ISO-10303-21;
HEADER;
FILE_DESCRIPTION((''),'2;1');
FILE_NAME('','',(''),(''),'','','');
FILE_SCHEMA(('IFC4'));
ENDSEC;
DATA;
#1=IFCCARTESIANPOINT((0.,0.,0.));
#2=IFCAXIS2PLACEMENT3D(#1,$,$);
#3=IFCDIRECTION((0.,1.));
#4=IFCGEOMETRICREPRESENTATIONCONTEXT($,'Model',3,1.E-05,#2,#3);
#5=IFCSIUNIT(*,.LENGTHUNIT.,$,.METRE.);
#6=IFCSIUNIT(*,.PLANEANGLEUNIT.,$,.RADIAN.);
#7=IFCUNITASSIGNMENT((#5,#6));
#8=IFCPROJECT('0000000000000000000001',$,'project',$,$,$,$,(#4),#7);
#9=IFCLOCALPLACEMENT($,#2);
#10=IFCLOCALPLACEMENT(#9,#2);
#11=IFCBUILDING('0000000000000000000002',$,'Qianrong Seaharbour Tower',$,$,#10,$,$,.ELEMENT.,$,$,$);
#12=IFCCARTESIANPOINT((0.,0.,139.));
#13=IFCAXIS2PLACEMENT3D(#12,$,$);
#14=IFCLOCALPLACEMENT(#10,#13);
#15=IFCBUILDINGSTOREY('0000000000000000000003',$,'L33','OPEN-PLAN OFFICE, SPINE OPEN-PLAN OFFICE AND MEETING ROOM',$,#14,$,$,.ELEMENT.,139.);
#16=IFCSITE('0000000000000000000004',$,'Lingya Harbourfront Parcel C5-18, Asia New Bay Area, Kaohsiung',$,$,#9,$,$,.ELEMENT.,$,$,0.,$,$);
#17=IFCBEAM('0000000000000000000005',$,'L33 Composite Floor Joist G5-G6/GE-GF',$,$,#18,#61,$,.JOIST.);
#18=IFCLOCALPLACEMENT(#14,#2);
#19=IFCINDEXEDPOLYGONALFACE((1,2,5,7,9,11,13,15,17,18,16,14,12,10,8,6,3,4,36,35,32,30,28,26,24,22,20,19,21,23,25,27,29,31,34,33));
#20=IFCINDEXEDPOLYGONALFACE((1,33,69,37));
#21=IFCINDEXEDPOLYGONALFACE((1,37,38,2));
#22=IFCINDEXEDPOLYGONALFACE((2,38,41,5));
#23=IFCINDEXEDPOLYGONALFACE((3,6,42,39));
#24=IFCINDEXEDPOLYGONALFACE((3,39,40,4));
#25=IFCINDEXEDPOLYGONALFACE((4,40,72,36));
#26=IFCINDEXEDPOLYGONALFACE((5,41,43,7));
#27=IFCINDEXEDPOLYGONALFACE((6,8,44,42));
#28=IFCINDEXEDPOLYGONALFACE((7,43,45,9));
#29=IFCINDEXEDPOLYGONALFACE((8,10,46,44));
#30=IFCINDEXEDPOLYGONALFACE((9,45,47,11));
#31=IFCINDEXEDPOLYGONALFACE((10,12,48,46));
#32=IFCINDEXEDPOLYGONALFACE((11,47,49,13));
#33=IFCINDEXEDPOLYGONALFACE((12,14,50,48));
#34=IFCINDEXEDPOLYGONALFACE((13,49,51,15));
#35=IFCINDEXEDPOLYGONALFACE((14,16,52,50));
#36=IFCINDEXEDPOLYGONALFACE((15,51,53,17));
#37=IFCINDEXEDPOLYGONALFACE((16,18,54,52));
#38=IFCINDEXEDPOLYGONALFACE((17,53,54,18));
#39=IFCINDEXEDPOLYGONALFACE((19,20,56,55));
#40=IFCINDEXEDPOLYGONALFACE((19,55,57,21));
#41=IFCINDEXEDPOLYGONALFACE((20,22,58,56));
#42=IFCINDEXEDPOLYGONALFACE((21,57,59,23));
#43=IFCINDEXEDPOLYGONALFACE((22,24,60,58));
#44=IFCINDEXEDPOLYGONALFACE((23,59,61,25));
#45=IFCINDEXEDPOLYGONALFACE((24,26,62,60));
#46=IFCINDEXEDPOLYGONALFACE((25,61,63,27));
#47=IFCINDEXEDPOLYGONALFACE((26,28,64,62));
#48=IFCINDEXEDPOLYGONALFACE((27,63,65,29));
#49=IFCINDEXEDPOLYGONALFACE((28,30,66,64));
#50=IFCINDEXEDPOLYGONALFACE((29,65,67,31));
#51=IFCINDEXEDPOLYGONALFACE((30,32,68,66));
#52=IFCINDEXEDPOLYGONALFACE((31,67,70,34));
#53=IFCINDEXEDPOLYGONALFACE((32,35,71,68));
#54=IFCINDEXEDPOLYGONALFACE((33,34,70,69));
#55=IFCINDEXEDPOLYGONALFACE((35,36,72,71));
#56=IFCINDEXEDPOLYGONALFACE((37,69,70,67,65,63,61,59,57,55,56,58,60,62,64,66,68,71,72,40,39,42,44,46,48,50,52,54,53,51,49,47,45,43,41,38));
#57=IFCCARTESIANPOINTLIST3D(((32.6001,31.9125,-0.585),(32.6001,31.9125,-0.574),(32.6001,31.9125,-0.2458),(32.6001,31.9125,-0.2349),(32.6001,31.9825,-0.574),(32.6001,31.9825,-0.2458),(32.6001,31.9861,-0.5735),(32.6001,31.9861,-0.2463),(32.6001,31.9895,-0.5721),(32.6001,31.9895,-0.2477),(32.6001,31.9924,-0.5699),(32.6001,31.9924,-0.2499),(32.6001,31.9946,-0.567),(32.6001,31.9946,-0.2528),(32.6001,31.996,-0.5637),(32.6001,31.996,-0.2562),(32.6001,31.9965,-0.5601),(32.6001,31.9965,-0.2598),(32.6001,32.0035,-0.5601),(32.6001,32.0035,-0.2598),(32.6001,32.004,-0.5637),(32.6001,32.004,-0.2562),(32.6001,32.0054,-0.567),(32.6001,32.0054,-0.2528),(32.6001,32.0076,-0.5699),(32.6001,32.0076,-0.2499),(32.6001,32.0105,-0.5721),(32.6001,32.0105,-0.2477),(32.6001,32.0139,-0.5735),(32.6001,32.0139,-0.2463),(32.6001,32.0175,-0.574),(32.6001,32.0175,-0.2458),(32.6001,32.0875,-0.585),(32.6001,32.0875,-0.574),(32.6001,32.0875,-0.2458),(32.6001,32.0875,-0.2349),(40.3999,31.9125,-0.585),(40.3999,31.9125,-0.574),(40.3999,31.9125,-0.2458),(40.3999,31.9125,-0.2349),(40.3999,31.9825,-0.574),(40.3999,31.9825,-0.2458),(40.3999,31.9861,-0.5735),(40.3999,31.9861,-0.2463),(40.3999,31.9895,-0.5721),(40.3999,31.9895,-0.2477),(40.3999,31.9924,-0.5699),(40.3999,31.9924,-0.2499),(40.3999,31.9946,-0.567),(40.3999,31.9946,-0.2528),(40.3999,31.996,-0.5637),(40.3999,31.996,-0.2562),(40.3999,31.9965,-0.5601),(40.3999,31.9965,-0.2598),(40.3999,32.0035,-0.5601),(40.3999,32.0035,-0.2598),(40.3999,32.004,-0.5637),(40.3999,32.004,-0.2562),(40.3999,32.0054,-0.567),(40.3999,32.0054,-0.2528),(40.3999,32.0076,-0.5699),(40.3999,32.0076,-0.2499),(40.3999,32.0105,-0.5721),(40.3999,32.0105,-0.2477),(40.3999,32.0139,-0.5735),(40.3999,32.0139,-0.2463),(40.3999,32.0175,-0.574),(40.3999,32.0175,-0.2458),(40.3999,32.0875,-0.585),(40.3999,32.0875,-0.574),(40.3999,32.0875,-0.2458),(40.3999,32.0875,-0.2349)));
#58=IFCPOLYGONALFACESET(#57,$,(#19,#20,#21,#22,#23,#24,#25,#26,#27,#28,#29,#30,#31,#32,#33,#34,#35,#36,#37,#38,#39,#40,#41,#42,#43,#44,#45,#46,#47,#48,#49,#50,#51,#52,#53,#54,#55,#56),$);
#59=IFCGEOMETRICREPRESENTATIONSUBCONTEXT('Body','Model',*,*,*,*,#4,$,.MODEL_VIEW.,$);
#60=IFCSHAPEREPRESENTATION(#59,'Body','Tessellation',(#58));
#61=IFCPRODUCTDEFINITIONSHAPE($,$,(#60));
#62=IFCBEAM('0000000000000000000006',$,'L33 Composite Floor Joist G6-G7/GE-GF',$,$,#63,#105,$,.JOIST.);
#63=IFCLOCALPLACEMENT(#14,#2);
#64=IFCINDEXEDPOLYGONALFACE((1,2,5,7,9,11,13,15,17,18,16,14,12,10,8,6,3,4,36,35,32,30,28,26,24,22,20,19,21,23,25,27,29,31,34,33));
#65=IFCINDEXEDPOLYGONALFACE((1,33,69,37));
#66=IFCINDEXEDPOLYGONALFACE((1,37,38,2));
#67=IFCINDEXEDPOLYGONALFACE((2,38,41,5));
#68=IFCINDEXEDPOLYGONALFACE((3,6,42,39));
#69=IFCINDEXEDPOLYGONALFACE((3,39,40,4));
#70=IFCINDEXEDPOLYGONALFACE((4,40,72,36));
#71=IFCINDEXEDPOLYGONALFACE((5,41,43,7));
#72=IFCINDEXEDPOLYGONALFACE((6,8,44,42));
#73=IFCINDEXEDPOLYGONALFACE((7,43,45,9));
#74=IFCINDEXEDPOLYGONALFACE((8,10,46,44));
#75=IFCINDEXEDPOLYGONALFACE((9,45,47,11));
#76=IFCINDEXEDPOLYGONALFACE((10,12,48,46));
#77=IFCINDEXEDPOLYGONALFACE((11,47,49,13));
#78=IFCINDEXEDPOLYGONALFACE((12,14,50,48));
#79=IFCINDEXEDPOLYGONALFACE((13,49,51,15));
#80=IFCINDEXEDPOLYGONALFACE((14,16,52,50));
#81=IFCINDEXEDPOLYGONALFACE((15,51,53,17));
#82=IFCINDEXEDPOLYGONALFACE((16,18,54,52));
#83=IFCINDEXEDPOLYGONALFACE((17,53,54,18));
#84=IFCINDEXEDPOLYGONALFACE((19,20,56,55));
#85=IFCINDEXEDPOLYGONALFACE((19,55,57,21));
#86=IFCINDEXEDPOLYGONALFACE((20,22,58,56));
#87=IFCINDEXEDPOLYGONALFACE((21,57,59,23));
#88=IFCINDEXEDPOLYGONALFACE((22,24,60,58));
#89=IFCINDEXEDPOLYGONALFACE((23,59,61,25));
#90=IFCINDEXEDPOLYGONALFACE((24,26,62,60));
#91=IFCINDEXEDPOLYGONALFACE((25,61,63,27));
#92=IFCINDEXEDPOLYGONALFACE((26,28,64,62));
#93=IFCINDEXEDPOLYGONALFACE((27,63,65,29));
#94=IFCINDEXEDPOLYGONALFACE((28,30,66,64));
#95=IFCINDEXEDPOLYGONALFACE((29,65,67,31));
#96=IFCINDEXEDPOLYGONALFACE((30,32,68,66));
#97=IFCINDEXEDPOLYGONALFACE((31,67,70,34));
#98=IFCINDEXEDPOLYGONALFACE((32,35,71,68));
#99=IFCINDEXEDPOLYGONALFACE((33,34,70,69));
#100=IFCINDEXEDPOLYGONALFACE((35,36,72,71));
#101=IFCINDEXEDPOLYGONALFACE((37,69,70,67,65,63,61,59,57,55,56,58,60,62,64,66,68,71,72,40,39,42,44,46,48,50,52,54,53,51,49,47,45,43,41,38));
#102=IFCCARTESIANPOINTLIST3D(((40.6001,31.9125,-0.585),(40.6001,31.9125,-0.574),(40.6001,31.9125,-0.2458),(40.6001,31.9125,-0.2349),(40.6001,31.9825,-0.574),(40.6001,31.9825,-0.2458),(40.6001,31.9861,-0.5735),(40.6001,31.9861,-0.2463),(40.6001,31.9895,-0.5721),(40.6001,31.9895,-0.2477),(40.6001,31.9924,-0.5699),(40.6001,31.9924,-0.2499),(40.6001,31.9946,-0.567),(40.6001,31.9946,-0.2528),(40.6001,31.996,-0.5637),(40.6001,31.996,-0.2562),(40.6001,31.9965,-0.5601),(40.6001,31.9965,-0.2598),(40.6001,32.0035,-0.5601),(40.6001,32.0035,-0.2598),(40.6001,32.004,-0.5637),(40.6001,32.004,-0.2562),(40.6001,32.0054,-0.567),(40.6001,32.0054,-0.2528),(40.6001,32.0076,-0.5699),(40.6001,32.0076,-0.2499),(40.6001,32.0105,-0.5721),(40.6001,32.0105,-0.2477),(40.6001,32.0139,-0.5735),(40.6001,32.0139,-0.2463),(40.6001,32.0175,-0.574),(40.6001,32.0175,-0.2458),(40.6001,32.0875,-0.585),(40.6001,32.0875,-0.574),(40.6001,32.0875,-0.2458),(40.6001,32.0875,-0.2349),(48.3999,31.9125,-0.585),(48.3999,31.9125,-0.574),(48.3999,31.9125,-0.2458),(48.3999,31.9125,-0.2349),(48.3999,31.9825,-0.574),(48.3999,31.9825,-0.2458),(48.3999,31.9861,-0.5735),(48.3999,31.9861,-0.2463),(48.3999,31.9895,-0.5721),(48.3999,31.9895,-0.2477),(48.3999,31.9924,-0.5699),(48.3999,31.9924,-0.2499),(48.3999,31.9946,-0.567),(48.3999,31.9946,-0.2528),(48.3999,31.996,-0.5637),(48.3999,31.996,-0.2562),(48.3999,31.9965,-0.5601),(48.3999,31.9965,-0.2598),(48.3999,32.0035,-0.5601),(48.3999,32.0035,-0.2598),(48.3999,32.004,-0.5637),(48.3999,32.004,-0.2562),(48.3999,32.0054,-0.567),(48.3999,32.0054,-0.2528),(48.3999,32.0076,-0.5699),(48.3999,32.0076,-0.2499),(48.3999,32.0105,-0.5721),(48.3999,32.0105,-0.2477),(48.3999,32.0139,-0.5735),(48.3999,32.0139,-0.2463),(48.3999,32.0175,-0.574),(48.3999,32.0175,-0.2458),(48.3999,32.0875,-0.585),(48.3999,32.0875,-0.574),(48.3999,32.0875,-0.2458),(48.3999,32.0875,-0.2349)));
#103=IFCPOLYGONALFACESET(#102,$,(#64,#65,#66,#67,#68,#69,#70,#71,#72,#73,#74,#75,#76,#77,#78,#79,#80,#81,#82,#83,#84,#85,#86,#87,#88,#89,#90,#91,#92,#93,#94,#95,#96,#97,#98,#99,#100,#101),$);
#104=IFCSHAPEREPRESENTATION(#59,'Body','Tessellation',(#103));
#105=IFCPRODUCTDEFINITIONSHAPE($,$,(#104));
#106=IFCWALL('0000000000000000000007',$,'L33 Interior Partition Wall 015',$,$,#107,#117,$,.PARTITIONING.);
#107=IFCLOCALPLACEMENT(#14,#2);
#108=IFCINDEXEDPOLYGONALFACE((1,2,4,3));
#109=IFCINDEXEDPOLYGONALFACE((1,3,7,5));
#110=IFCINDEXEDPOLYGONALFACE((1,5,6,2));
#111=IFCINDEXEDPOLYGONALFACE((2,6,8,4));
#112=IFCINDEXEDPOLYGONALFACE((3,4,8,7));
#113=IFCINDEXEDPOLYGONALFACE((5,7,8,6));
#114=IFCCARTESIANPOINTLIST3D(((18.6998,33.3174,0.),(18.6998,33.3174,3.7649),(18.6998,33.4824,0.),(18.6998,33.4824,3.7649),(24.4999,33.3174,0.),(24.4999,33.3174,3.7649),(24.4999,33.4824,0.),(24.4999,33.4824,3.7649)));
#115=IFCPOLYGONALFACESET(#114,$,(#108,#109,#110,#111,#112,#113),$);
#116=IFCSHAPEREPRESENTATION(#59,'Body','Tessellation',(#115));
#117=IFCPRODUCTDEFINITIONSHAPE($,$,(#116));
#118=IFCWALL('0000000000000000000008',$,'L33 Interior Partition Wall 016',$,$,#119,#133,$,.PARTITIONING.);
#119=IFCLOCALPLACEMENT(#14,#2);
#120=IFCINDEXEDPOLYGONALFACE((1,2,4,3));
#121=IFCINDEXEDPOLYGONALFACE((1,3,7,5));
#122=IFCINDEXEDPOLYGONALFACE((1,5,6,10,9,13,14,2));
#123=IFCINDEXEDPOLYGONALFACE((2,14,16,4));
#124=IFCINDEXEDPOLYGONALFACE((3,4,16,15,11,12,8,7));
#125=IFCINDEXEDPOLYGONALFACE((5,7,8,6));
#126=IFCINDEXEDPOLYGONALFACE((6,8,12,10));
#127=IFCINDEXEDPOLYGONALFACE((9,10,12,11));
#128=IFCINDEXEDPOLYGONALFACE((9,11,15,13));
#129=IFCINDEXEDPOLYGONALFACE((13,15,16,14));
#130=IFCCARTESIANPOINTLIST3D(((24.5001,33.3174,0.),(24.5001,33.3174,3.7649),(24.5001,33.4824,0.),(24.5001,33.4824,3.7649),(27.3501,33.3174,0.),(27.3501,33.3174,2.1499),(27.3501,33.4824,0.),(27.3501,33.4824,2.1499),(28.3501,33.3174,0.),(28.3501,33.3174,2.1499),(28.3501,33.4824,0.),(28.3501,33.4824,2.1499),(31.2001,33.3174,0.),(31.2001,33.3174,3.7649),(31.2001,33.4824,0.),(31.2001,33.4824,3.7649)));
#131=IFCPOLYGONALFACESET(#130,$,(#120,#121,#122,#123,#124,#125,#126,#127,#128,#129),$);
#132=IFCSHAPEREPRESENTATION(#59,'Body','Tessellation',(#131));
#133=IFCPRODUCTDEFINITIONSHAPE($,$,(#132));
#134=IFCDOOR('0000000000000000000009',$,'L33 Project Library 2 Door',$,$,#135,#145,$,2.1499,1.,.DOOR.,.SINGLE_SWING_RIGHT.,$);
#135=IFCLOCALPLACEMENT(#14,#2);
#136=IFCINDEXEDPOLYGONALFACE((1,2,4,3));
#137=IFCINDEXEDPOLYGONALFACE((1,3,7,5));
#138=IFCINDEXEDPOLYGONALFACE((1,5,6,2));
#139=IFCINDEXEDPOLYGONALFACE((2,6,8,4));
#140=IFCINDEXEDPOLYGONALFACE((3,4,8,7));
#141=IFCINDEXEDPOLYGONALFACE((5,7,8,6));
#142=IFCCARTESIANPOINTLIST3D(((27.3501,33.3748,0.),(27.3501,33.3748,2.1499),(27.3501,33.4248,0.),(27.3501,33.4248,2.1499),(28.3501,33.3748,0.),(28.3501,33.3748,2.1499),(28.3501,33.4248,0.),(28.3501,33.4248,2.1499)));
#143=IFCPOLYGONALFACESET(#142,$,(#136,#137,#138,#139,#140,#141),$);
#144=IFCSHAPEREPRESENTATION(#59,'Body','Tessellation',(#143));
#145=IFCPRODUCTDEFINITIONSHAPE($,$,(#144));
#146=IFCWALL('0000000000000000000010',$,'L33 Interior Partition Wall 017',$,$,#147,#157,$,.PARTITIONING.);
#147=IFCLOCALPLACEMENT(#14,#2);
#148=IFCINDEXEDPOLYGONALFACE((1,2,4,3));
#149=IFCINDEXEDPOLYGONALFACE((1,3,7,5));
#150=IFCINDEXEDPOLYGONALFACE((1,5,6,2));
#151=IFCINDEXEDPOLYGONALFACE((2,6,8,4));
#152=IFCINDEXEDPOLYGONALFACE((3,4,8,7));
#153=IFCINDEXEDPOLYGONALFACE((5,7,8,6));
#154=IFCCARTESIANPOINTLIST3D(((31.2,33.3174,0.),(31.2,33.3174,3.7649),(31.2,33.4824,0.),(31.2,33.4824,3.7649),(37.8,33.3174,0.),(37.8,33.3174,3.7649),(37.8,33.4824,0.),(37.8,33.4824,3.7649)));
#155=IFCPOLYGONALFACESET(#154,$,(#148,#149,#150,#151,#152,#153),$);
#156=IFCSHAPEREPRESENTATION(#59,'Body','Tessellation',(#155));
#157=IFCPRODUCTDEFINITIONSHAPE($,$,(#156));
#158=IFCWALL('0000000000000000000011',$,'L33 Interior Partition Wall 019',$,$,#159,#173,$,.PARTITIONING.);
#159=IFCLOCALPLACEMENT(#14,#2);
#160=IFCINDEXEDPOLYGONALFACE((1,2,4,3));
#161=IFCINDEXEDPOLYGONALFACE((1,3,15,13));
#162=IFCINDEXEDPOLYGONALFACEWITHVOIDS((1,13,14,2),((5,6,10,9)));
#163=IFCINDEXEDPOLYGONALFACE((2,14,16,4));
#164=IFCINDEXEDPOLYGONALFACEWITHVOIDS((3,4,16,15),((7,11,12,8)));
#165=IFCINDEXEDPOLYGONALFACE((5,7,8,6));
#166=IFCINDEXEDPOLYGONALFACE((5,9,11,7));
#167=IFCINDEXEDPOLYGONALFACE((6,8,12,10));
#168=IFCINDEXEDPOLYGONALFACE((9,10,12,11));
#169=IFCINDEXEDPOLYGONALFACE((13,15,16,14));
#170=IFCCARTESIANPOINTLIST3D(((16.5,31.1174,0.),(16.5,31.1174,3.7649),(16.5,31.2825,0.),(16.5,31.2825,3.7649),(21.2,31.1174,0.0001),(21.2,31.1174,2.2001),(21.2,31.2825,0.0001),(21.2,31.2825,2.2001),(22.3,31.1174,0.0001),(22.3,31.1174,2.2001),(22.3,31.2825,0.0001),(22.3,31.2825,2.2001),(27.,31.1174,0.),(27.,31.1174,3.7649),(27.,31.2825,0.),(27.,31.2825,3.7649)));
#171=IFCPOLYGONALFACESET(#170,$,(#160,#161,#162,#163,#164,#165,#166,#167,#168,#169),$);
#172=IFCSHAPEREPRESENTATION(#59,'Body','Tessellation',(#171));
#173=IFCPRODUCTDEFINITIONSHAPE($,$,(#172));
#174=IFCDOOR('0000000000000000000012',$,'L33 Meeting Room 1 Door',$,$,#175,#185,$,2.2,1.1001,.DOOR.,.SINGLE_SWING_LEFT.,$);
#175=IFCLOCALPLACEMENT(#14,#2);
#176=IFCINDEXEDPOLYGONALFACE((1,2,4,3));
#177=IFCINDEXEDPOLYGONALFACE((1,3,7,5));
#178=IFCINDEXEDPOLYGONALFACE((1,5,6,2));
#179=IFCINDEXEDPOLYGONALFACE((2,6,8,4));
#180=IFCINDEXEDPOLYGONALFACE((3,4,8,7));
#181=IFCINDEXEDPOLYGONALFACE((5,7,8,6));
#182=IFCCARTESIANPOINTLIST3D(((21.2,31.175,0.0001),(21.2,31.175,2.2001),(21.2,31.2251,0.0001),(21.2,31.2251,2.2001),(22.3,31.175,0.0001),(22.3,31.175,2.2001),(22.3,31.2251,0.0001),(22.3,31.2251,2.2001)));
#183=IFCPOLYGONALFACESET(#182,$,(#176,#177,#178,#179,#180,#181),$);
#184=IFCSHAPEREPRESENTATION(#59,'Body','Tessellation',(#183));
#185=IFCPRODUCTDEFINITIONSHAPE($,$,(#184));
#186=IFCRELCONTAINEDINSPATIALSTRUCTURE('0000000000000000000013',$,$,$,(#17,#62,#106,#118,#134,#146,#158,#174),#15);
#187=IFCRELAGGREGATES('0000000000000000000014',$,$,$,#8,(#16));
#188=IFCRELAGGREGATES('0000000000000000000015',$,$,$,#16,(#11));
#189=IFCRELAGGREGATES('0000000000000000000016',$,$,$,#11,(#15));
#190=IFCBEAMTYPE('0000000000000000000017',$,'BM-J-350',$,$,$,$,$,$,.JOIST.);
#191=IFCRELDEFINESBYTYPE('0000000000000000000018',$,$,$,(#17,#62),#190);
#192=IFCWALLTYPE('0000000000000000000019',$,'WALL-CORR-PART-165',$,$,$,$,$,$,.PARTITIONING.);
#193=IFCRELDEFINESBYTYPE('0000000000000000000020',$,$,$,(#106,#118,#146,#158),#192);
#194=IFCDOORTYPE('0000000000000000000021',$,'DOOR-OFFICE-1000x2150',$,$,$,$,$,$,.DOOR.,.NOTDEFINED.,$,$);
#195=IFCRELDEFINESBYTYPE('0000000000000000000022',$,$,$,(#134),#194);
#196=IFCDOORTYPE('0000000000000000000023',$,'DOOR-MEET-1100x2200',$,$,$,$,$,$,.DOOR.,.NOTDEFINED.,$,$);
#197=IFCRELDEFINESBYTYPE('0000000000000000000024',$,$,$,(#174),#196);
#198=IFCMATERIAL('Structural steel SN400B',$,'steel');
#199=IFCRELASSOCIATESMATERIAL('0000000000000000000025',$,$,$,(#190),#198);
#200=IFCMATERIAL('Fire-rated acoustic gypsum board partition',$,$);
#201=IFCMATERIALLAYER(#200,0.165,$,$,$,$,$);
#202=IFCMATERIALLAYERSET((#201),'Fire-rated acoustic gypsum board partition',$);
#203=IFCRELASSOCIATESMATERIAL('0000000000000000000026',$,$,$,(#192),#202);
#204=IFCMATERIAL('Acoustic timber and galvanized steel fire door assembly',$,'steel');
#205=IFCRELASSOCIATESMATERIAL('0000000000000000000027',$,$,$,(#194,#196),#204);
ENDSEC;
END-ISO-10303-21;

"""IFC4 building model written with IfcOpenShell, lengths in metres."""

from ifc_helpers import new_model, si_unit, direction, frame, frame_2d, origin, origin_2d, place, context, subcontext, project, spatial, rectangle, i_section, extrude, material, layer, layer_set, material_profile, profile_set, type_object, element, fill, save


model = new_model("IFC4")

# Units and contexts
model_context = context("Model", 3, precision=1e-05, world=origin(), true_north=direction((0.0, 1.0)))
body_context = subcontext(model_context, "Body", "Model", "MODEL_VIEW")
ifc_project = project(units=[si_unit("LENGTHUNIT", "METRE"), si_unit("PLANEANGLEUNIT", "RADIAN")], contexts=[model_context])

# Site, building, storey
site_placement = place(None, origin())
site = spatial("IfcSite", under=ifc_project, at=site_placement, Name="Lingya Harbourfront Parcel C5-18, Asia New Bay Area, Kaohsiung", CompositionType="ELEMENT", RefElevation=0.0)
building_placement = place(site_placement, origin())
building = spatial("IfcBuilding", under=site, at=building_placement, Name="Qianrong Seaharbour Tower", CompositionType="ELEMENT")
storey_placement = place(building_placement, frame((0.0, 0.0, 139.0)))
storey = spatial("IfcBuildingStorey", under=building, at=storey_placement, Name="L33", Description="OPEN-PLAN OFFICE, SPINE OPEN-PLAN OFFICE AND MEETING ROOM", CompositionType="ELEMENT", Elevation=139.0)

# Beams
ifc_material_1 = material(Name="Structural steel SN400B", Category="steel")
ifc_material_profile_1 = material_profile(ifc_material_1, i_section(OverallWidth=0.175, OverallDepth=0.3501, WebThickness=0.0071, FlangeThickness=0.011, FilletRadius=0.0139, at=origin_2d()), Name="H350x175x7x11")
ifc_profile_set_1 = profile_set([ifc_material_profile_1], Name="Structural steel SN400B")
beam_type_1 = type_object("IfcBeamType", Name="BM-J-350", PredefinedType="JOIST", material=ifc_profile_set_1)
for number, where, z_axis, x_axis, name in (
    (1, (32.6001, 32.0, -0.4099), (1.0, 0.0, 0.0), (0.0, 1.0, 0.0), "L33 Composite Floor Joist G5-G6/GE-GF"),
    (2, (40.6001, 32.0, -0.4099), (1.0, 0.0, 0.0), (0.0, 1.0, 0.0), "L33 Composite Floor Joist G6-G7/GE-GF"),
):
    element("IfcBeam", number, at=place(storey_placement, frame(where, z_axis=z_axis, x_axis=x_axis)), inside=storey, type_object=beam_type_1, Name=name, PredefinedType="JOIST", context=body_context, shape_type="SweptSolid", body=[
        extrude(i_section(OverallWidth=0.175, OverallDepth=0.3501, WebThickness=0.0071, FlangeThickness=0.011, FilletRadius=0.0139, at=origin_2d()), origin(), (0.0, 0.0, 1.0), 7.7998),
    ])

# Wall
ifc_material_2 = material(Name="Fire-rated acoustic gypsum board partition")
ifc_layer_1 = layer(ifc_material_2, 0.165)
ifc_layer_set_1 = layer_set([ifc_layer_1], Name="Fire-rated acoustic gypsum board partition")
wall_type_1 = type_object("IfcWallType", Name="WALL-CORR-PART-165", PredefinedType="PARTITIONING", material=ifc_layer_set_1)
wall_1_placement = place(storey_placement, frame((18.7, 33.3999, 0.0), z_axis=(0.0, 0.0, 1.0), x_axis=(1.0, 0.0, 0.0)))
element("IfcWall", 3, at=wall_1_placement, inside=storey, type_object=wall_type_1, Name="L33 Interior Partition Wall 015", PredefinedType="PARTITIONING", context=body_context, shape_type="SweptSolid", body=[
    extrude(rectangle(XDim=5.8, YDim=0.165, at=frame_2d((2.8999, 0.0))), origin(), (0.0, 0.0, 1.0), 3.7649),
])

# Wall, opening, door
wall_2_placement = place(storey_placement, frame((24.5, 33.3999, 0.0), z_axis=(0.0, 0.0, 1.0), x_axis=(1.0, 0.0, 0.0)))
wall_2 = element("IfcWall", 4, at=wall_2_placement, inside=storey, type_object=wall_type_1, Name="L33 Interior Partition Wall 016", PredefinedType="PARTITIONING", context=body_context, shape_type="SweptSolid", body=[
    extrude(rectangle(XDim=6.7, YDim=0.165, at=frame_2d((3.3501, 0.0))), origin(), (0.0, 0.0, 1.0), 3.7649),
])
opening_1_placement = place(wall_2_placement, frame((2.8501, 0.0, 0.0)))
opening_1 = element("IfcOpeningElement", 5, at=opening_1_placement, cuts=wall_2, PredefinedType="OPENING", context=body_context, shape_type="SweptSolid", body=[
    extrude(rectangle(XDim=1.0, YDim=2.1499, at=frame_2d((0.5, 1.075))), frame((0.0, 0.0925, 0.0), z_axis=(0.0, -1.0, 0.0), x_axis=(1.0, 0.0, 0.0)), (0.0, 0.0, 1.0), 0.1851),
])
ifc_material_3 = material(Name="Acoustic timber and galvanized steel fire door assembly", Category="steel")
door_type_1 = type_object("IfcDoorType", Name="DOOR-OFFICE-1000x2150", OperationType="NOTDEFINED", PredefinedType="DOOR", material=ifc_material_3)
door_1_placement = place(opening_1_placement, origin())
door_1 = element("IfcDoor", 6, at=door_1_placement, inside=storey, type_object=door_type_1, Name="L33 Project Library 2 Door", OperationType="SINGLE_SWING_RIGHT", OverallHeight=2.1499, OverallWidth=1.0, PredefinedType="DOOR", context=body_context, shape_type="SweptSolid", body=[
    extrude(rectangle(XDim=1.0, YDim=2.1499, at=frame_2d((0.5, 1.075))), frame((0.0, 0.0249, 0.0), z_axis=(0.0, -1.0, 0.0), x_axis=(1.0, 0.0, 0.0)), (0.0, 0.0, 1.0), 0.05),
])
fill(opening_1, door_1)

# Wall
wall_3_placement = place(storey_placement, frame((31.2, 33.3999, 0.0), z_axis=(0.0, 0.0, 1.0), x_axis=(1.0, 0.0, 0.0)))
element("IfcWall", 7, at=wall_3_placement, inside=storey, type_object=wall_type_1, Name="L33 Interior Partition Wall 017", PredefinedType="PARTITIONING", context=body_context, shape_type="SweptSolid", body=[
    extrude(rectangle(XDim=6.6001, YDim=0.165, at=frame_2d((3.3, 0.0))), origin(), (0.0, 0.0, 1.0), 3.7649),
])

# Wall, opening, door
wall_4_placement = place(storey_placement, frame((27.0, 31.2, 0.0), z_axis=(0.0, 0.0, 1.0), x_axis=(-1.0, 0.0, 0.0)))
wall_4 = element("IfcWall", 8, at=wall_4_placement, inside=storey, type_object=wall_type_1, Name="L33 Interior Partition Wall 019", PredefinedType="PARTITIONING", context=body_context, shape_type="SweptSolid", body=[
    extrude(rectangle(XDim=10.5, YDim=0.165, at=frame_2d((5.25, 0.0))), origin(), (0.0, 0.0, 1.0), 3.7649),
])
opening_2_placement = place(wall_4_placement, frame((4.7, 0.0, 0.0)))
opening_2 = element("IfcOpeningElement", 9, at=opening_2_placement, cuts=wall_4, PredefinedType="OPENING", context=body_context, shape_type="SweptSolid", body=[
    extrude(rectangle(XDim=1.1001, YDim=2.2, at=frame_2d((0.55, 1.1001))), frame((0.0, 0.0925, 0.0), z_axis=(0.0, -1.0, 0.0), x_axis=(1.0, 0.0, 0.0)), (0.0, 0.0, 1.0), 0.1851),
])
door_type_2 = type_object("IfcDoorType", Name="DOOR-MEET-1100x2200", OperationType="NOTDEFINED", PredefinedType="DOOR", material=ifc_material_3)
door_2_placement = place(opening_2_placement, origin())
door_2 = element("IfcDoor", 10, at=door_2_placement, inside=storey, type_object=door_type_2, Name="L33 Meeting Room 1 Door", OperationType="SINGLE_SWING_LEFT", OverallHeight=2.2, OverallWidth=1.1001, PredefinedType="DOOR", context=body_context, shape_type="SweptSolid", body=[
    extrude(rectangle(XDim=1.1001, YDim=2.2, at=frame_2d((0.55, 1.1001))), frame((0.0, 0.0249, 0.0), z_axis=(0.0, -1.0, 0.0), x_axis=(1.0, 0.0, 0.0)), (0.0, 0.0, 1.0), 0.05),
])
fill(opening_2, door_2)

save(model, "model.ifc")
